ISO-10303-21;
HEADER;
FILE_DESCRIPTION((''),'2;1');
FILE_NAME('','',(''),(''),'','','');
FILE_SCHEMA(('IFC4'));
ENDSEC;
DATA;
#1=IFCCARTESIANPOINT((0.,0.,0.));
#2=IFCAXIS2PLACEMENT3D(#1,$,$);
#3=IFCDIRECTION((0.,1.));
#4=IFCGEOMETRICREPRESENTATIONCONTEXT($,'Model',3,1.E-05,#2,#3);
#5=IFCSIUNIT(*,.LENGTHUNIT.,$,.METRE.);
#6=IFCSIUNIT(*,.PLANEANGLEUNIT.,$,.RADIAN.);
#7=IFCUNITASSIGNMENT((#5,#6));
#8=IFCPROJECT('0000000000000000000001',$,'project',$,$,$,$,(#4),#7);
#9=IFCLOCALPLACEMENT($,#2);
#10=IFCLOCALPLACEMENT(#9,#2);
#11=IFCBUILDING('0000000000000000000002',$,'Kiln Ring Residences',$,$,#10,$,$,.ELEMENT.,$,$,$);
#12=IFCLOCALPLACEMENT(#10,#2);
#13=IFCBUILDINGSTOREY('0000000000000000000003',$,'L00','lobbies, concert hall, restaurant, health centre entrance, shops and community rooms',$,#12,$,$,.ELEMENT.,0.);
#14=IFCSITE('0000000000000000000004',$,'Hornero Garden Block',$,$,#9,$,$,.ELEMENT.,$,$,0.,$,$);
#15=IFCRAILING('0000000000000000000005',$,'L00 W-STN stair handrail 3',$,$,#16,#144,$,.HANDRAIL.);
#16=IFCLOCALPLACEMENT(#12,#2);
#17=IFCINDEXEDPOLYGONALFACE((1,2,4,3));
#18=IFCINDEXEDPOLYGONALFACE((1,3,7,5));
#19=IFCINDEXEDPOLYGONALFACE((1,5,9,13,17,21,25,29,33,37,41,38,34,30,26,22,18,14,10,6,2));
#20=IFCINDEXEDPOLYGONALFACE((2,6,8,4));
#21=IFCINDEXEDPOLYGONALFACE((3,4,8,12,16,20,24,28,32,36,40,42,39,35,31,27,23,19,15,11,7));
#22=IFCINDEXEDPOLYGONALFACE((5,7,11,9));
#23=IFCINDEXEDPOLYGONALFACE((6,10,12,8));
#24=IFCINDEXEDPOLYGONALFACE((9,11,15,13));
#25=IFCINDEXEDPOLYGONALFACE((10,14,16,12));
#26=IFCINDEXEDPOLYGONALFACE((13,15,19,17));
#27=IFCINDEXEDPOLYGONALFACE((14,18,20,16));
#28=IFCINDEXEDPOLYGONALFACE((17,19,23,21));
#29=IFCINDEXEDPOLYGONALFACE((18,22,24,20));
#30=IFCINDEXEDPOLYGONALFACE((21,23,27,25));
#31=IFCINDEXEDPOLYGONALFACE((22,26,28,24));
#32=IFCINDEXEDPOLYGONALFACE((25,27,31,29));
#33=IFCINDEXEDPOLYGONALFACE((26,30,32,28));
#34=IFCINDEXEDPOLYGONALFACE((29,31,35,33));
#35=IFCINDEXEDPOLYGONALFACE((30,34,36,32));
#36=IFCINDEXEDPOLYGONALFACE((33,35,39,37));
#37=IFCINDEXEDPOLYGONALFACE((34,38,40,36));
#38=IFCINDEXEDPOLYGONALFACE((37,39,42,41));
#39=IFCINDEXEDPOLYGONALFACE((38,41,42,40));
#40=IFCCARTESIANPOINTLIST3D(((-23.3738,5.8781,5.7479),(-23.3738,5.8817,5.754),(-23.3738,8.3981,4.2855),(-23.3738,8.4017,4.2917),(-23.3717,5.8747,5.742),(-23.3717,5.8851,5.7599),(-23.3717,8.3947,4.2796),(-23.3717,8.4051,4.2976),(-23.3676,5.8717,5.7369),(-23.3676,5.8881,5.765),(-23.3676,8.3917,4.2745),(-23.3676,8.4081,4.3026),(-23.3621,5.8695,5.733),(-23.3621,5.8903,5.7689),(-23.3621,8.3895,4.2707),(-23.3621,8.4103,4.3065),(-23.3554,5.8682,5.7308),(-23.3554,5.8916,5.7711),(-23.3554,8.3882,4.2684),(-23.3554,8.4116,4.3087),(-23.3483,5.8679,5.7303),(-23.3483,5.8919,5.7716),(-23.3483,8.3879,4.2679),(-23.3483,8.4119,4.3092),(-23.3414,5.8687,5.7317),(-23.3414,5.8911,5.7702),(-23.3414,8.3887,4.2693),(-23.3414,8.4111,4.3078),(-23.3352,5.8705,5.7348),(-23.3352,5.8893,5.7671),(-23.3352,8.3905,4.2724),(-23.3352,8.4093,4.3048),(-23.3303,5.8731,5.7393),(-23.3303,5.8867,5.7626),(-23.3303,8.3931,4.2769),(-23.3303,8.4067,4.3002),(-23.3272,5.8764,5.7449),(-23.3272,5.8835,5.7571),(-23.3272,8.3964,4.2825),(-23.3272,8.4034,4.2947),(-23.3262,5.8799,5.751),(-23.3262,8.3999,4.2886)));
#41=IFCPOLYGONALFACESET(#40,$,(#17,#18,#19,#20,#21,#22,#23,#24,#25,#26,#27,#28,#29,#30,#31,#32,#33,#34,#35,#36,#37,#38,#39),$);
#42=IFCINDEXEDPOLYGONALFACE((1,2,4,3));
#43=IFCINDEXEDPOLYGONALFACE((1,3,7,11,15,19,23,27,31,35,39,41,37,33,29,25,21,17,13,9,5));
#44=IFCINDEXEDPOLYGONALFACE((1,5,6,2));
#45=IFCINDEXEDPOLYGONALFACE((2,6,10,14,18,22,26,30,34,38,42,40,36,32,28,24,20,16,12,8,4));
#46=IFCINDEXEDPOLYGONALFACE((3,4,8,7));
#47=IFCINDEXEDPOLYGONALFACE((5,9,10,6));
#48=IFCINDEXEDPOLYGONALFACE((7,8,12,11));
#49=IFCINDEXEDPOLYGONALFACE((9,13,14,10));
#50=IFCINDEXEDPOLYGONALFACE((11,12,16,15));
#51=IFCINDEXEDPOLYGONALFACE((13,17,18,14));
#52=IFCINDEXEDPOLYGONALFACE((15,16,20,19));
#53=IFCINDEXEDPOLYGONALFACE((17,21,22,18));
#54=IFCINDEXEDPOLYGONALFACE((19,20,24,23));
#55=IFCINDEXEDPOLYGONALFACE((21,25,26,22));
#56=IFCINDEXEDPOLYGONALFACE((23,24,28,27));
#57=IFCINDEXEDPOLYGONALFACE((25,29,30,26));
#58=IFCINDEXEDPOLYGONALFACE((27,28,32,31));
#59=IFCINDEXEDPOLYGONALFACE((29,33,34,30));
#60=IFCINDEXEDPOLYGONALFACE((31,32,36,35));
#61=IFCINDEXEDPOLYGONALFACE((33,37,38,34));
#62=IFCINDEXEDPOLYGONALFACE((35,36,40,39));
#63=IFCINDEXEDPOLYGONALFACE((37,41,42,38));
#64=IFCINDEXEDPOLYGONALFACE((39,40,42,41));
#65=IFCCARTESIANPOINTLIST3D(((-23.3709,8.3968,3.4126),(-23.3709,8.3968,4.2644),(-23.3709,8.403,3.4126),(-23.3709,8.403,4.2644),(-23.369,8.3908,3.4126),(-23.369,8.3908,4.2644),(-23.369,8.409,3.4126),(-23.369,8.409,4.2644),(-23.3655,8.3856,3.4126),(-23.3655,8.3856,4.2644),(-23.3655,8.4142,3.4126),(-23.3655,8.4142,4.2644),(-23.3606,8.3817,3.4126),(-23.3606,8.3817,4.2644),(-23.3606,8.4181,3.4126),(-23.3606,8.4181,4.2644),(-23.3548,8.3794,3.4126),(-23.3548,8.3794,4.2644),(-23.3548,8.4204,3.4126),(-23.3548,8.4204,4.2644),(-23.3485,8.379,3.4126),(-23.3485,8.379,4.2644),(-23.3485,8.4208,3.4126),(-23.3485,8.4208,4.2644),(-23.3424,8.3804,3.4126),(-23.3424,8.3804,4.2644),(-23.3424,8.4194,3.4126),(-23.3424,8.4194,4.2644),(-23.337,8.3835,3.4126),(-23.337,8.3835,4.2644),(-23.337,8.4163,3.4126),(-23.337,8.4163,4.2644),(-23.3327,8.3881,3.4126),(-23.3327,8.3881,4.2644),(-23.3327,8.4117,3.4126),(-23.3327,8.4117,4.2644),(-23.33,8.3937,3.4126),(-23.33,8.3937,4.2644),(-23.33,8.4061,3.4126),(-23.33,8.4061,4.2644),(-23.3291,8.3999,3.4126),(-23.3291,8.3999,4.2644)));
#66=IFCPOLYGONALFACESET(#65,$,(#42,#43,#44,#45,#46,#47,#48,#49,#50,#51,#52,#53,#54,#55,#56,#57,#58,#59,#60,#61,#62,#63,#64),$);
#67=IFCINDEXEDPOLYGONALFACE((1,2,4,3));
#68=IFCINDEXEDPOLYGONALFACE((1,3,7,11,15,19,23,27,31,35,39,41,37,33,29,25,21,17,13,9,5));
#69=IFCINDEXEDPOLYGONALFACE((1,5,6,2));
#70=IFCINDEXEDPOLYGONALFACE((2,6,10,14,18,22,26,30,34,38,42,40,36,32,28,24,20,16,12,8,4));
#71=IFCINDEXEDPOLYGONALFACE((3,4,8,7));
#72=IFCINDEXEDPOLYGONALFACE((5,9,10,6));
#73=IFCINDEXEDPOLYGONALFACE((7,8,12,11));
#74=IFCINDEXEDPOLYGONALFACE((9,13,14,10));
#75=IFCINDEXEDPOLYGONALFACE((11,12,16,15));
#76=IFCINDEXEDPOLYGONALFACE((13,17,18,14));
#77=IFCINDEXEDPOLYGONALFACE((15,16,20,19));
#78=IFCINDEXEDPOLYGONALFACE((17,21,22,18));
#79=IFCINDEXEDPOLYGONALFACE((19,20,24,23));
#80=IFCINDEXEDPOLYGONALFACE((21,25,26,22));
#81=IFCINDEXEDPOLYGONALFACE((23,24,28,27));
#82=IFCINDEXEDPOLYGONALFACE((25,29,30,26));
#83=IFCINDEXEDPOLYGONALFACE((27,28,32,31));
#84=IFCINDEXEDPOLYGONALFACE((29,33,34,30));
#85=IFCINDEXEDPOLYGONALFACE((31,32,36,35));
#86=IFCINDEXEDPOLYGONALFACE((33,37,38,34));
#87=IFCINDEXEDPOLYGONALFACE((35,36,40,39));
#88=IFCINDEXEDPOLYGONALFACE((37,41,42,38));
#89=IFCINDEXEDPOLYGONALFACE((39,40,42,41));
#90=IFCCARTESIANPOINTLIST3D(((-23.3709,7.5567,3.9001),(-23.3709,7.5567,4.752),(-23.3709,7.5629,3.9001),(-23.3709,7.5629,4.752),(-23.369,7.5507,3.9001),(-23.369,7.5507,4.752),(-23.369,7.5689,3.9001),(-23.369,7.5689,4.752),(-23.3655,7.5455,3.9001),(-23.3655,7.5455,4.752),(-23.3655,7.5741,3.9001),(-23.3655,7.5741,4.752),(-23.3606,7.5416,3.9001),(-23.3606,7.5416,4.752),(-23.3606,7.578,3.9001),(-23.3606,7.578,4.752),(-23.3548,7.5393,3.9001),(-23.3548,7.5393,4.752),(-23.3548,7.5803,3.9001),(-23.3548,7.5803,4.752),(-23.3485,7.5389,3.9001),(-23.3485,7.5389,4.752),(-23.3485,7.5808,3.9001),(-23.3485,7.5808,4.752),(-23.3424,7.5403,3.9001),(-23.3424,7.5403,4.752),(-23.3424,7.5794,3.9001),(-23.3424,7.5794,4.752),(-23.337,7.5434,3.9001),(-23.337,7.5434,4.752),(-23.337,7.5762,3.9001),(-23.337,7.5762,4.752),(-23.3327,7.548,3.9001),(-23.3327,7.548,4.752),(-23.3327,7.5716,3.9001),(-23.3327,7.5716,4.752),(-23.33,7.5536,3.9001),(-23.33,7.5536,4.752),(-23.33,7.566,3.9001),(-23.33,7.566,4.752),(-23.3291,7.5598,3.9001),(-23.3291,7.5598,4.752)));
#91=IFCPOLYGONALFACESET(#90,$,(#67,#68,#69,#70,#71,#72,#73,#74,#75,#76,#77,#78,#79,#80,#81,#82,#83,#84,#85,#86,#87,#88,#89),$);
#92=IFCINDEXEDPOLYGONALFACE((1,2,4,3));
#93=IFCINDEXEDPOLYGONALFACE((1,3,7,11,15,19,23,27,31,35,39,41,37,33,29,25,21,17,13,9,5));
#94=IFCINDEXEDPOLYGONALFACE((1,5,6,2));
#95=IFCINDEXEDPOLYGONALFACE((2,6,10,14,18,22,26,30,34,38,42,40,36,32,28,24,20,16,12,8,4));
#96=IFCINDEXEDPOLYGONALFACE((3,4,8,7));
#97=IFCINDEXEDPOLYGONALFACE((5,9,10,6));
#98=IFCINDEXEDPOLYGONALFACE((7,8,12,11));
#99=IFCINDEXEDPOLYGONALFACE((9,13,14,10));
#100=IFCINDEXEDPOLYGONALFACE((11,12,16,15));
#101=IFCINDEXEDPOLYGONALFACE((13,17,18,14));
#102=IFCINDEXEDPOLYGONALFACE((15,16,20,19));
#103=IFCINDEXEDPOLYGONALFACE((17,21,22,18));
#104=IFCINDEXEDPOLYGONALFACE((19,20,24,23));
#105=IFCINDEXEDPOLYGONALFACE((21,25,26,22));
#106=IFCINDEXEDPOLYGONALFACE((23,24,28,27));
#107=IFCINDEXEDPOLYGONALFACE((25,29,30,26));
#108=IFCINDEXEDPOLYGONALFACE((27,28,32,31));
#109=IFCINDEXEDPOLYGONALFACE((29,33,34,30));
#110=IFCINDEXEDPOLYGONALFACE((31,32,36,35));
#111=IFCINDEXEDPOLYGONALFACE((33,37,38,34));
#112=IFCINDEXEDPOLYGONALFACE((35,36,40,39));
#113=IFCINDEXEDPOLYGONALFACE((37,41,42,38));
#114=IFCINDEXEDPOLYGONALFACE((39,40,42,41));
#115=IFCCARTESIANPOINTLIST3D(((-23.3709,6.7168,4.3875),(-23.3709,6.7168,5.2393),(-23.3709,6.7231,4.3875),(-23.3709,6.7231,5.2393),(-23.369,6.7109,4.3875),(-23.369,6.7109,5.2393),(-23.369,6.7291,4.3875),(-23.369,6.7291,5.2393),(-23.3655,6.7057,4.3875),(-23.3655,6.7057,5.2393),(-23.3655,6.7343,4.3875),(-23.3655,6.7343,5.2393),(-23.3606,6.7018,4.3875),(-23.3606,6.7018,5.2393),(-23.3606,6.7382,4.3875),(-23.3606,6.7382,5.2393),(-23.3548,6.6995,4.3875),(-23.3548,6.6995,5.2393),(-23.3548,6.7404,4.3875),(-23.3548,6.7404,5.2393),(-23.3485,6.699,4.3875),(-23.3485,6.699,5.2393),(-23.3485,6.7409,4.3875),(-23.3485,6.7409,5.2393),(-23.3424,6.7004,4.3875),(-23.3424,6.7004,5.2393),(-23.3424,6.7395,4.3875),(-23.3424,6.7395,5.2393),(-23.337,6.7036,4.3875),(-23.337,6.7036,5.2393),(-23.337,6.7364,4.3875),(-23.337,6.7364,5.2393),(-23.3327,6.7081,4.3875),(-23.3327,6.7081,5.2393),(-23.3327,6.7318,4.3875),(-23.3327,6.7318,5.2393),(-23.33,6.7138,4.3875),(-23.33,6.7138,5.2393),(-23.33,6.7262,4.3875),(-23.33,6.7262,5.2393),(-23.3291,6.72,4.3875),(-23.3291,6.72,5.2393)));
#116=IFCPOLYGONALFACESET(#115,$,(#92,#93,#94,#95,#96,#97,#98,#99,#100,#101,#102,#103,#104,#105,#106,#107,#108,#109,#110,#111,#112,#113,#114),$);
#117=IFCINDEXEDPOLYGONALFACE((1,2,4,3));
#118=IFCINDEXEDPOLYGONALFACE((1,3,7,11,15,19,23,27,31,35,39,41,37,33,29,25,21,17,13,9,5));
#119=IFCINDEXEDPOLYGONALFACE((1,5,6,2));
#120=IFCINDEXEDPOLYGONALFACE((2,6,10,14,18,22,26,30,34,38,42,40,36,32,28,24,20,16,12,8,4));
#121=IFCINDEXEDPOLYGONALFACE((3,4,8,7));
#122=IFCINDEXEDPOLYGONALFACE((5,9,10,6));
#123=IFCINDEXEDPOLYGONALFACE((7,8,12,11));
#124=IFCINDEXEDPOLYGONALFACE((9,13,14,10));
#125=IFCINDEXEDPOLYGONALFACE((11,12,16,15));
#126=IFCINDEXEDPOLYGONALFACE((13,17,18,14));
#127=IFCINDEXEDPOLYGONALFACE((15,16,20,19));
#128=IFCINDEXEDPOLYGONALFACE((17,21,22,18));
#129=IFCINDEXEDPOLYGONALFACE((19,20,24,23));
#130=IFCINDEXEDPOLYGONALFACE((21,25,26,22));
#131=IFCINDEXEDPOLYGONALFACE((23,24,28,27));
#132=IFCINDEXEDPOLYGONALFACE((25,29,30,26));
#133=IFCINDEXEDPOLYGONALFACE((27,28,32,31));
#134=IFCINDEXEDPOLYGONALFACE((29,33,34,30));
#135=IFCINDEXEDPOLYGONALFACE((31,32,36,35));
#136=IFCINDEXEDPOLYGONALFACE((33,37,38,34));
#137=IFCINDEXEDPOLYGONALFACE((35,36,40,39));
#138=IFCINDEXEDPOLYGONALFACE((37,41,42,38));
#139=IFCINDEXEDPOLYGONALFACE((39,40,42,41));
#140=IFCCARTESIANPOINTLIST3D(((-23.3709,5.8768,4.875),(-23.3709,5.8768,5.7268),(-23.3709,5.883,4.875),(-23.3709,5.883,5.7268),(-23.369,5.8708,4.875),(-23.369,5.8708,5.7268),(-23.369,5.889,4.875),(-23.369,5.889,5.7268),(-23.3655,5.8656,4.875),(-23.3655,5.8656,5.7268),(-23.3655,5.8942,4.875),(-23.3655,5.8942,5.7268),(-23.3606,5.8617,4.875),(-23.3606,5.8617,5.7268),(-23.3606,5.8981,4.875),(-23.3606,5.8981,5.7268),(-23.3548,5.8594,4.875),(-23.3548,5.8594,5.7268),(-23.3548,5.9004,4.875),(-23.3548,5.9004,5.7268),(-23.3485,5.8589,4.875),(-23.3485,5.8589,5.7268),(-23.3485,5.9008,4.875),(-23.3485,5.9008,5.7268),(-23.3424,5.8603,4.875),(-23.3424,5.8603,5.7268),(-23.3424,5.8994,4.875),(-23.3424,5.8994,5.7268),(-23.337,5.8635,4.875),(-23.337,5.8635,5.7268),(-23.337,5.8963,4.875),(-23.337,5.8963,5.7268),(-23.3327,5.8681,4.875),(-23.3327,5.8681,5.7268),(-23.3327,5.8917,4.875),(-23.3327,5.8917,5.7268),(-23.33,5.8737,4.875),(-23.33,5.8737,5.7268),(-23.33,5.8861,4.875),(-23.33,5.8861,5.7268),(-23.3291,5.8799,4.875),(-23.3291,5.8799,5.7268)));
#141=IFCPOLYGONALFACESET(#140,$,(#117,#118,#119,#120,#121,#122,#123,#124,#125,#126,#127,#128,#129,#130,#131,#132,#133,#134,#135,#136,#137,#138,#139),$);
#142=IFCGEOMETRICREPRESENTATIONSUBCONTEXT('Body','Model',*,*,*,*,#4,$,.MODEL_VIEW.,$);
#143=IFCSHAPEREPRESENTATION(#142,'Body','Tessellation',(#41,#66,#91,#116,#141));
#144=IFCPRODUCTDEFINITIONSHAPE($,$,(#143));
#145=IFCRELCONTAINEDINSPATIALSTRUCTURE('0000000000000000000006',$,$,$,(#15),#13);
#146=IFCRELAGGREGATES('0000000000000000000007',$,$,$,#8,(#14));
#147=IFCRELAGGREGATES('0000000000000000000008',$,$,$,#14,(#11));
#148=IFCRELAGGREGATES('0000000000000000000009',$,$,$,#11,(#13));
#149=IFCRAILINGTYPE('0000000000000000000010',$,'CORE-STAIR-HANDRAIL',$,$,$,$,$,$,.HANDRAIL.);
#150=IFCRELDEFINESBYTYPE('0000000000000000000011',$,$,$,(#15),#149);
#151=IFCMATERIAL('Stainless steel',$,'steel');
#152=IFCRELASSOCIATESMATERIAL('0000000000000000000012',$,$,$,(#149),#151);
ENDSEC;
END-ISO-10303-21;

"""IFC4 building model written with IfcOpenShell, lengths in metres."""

from ifc_helpers import new_model, si_unit, direction, frame, origin, origin_2d, place, context, subcontext, project, spatial, circle, extrude, material, type_object, element, save


model = new_model("IFC4")

# Units and contexts
model_context = context("Model", 3, precision=1e-05, world=origin(), true_north=direction((0.0, 1.0)))
body_context = subcontext(model_context, "Body", "Model", "MODEL_VIEW")
ifc_project = project(units=[si_unit("LENGTHUNIT", "METRE"), si_unit("PLANEANGLEUNIT", "RADIAN")], contexts=[model_context])

# Site, building, storey
site_placement = place(None, origin())
site = spatial("IfcSite", under=ifc_project, at=site_placement, Name="Hornero Garden Block", CompositionType="ELEMENT", RefElevation=0.0)
building_placement = place(site_placement, origin())
building = spatial("IfcBuilding", under=site, at=building_placement, Name="Kiln Ring Residences", CompositionType="ELEMENT")
storey_placement = place(building_placement, origin())
storey = spatial("IfcBuildingStorey", under=building, at=storey_placement, Name="L00", Description="lobbies, concert hall, restaurant, health centre entrance, shops and community rooms", CompositionType="ELEMENT", Elevation=0.0)

# Railing
ifc_material_1 = material(Name="Stainless steel", Category="steel")
railing_type_1 = type_object("IfcRailingType", Name="CORE-STAIR-HANDRAIL", PredefinedType="HANDRAIL", material=ifc_material_1)
for number, where, name in (
    (1, (-23.3501, 8.3999, 3.4126), "L00 W-STN stair handrail 3"),
):
    element("IfcRailing", number, at=place(storey_placement, frame(where)), inside=storey, type_object=railing_type_1, Name=name, PredefinedType="HANDRAIL", context=body_context, shape_type="SweptSolid", body=[
        extrude(circle(Radius=0.0239, at=origin_2d()), frame((0.0, 0.0, 0.876), z_axis=(0.0, -0.864913, 0.501921), x_axis=(1.0, 0.0, 0.0)), (0.0, 0.0, 1.0), 2.9136),
        extrude(circle(Radius=0.021, at=origin_2d()), origin(), (0.0, 0.0, 1.0), 0.8518),
        extrude(circle(Radius=0.021, at=origin_2d()), frame((0.0, -0.8401, 0.4875)), (0.0, 0.0, 1.0), 0.8518),
        extrude(circle(Radius=0.021, at=origin_2d()), frame((0.0, -1.6799, 0.9749)), (0.0, 0.0, 1.0), 0.8518),
        extrude(circle(Radius=0.021, at=origin_2d()), frame((0.0, -2.52, 1.4624)), (0.0, 0.0, 1.0), 0.8518),
    ])

save(model, "model.ifc")
